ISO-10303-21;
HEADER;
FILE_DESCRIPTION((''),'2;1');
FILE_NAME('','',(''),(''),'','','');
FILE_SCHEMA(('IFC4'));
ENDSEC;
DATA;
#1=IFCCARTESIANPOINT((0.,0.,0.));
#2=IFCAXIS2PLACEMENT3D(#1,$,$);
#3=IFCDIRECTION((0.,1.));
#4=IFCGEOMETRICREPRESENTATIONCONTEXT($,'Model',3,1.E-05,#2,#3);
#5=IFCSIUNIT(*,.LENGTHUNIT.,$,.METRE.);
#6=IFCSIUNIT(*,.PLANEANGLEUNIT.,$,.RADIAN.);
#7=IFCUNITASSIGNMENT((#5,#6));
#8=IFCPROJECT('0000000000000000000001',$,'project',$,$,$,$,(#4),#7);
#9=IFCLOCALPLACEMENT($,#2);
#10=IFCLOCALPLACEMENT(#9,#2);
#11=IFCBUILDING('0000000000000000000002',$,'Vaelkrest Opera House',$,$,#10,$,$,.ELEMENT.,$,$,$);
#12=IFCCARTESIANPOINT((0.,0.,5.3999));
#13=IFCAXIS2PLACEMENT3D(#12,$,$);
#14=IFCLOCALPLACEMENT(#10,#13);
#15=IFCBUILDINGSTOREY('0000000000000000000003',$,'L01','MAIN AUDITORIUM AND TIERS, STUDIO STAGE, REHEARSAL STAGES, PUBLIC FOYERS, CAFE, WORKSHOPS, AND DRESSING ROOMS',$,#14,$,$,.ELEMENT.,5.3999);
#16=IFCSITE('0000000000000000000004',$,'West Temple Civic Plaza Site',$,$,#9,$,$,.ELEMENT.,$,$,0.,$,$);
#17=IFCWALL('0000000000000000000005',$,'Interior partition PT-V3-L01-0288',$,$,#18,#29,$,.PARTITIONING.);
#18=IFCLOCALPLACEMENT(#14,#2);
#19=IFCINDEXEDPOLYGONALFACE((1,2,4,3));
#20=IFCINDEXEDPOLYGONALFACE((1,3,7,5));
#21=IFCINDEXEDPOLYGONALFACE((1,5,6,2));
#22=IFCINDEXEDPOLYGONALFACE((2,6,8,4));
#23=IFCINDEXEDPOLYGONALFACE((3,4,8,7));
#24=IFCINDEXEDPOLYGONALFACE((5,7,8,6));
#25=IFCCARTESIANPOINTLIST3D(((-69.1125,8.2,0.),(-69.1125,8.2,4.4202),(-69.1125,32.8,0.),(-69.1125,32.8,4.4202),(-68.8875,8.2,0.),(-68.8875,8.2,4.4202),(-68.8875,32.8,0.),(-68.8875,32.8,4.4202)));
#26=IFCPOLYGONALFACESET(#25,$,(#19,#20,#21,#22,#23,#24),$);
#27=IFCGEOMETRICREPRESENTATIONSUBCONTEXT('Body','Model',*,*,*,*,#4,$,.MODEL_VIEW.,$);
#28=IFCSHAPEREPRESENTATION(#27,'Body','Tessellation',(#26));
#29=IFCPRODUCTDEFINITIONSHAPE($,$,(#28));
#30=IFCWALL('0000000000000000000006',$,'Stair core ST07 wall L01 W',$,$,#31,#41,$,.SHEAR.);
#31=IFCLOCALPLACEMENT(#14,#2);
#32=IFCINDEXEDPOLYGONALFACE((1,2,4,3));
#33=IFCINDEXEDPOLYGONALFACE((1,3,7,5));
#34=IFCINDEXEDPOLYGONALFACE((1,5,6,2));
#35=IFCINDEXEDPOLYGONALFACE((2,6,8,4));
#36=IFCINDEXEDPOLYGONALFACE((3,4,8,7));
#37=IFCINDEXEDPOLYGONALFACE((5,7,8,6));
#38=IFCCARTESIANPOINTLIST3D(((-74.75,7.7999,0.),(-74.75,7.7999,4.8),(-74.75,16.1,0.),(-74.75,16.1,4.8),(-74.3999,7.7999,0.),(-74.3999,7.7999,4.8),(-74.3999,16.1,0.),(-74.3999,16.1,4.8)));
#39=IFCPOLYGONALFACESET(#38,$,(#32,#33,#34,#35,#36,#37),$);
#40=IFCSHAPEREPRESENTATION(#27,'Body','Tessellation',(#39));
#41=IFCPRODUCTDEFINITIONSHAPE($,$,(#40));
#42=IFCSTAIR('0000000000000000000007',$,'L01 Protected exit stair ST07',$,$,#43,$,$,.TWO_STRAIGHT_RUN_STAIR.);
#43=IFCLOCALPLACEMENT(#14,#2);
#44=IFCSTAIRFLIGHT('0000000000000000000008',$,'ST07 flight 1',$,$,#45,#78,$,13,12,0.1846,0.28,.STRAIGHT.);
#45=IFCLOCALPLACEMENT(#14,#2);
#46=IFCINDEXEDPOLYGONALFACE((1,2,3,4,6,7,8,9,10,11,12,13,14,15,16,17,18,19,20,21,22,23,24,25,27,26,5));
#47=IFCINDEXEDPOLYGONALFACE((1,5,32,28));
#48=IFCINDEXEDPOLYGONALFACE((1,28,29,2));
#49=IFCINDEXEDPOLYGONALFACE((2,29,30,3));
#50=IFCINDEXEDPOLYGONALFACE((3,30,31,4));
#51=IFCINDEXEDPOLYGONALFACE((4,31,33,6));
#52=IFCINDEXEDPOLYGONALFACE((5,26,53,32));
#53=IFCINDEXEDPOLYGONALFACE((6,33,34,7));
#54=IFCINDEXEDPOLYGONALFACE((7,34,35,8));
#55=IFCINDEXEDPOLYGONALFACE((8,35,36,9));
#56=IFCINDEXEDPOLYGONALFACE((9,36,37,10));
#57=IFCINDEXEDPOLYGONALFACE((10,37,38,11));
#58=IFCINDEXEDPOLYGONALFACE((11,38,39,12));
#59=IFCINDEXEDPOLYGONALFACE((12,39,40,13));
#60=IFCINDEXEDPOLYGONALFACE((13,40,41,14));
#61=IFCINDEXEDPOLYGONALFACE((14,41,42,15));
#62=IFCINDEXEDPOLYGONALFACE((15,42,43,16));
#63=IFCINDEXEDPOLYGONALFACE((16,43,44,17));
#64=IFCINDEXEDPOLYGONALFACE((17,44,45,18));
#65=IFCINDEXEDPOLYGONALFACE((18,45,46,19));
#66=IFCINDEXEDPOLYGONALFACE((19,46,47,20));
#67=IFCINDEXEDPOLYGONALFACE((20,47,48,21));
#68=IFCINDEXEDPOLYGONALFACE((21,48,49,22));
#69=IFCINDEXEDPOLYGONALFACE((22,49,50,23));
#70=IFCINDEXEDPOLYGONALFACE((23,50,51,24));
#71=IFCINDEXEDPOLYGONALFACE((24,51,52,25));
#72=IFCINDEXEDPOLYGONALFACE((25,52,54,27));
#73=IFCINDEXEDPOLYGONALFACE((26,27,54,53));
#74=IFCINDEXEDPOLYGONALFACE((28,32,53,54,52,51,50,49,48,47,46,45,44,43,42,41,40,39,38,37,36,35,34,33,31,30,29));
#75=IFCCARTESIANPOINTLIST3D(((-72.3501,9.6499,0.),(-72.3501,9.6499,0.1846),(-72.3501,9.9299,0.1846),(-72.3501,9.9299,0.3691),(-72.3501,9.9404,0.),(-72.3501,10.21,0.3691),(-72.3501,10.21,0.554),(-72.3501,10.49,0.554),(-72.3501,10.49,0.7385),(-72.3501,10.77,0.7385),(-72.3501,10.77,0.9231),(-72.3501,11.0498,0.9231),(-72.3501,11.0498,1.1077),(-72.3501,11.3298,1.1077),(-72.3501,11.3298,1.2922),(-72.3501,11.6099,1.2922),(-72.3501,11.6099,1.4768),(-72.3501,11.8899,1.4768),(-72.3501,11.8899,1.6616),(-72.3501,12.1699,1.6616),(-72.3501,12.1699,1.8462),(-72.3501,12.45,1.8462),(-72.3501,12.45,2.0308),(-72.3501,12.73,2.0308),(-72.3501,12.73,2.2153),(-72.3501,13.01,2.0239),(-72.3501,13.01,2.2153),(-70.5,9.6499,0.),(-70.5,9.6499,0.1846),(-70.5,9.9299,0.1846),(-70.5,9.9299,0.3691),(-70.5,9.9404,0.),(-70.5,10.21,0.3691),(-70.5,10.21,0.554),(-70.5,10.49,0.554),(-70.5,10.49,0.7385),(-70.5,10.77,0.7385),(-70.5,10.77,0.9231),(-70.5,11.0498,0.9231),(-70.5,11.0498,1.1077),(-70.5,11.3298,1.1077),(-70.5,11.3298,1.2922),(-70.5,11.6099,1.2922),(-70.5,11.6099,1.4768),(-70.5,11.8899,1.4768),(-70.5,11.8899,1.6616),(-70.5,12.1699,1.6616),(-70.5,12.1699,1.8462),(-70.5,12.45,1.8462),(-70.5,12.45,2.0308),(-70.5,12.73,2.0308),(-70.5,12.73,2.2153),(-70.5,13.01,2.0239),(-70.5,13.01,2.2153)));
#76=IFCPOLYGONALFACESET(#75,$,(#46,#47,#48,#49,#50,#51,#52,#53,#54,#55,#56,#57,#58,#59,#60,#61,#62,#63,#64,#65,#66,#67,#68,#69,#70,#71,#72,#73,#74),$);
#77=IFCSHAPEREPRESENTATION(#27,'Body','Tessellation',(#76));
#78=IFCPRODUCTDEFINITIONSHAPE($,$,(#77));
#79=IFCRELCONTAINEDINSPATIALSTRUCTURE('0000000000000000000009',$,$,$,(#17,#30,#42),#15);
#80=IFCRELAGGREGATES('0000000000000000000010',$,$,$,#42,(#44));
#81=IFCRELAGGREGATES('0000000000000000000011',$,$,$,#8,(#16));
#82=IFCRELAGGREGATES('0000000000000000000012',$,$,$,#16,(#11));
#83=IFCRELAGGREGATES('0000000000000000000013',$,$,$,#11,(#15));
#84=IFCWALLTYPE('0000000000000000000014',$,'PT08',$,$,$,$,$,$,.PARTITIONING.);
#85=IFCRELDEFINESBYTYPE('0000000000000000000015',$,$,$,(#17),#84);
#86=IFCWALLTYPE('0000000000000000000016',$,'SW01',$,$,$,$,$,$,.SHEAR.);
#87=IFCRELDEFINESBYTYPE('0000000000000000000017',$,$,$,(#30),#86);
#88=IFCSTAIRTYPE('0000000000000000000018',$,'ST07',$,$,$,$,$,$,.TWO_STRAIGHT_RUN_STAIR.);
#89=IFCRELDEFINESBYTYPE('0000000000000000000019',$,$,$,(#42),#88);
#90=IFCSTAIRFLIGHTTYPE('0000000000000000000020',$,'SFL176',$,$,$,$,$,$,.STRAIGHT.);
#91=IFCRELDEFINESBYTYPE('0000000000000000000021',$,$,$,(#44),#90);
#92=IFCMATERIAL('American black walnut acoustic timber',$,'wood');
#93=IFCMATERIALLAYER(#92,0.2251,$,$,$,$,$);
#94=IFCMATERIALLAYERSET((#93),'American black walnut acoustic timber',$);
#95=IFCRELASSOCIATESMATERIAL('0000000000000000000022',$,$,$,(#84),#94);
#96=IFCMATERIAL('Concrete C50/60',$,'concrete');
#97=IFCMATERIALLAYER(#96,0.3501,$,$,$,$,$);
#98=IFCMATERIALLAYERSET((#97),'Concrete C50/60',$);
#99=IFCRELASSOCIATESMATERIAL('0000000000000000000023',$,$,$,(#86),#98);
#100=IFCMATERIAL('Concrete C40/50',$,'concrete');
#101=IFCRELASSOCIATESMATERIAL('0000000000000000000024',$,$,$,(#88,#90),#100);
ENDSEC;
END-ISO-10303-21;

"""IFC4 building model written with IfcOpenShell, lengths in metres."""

from ifc_helpers import new_model, si_unit, direction, frame, frame_2d, origin, place, context, subcontext, project, spatial, polyline, rectangle, outline, extrude, material, layer, layer_set, type_object, element, aggregate, save


model = new_model("IFC4")

# Units and contexts
model_context = context("Model", 3, precision=1e-05, world=origin(), true_north=direction((0.0, 1.0)))
body_context = subcontext(model_context, "Body", "Model", "MODEL_VIEW")
ifc_project = project(units=[si_unit("LENGTHUNIT", "METRE"), si_unit("PLANEANGLEUNIT", "RADIAN")], contexts=[model_context])

# Site, building, storey
site_placement = place(None, origin())
site = spatial("IfcSite", under=ifc_project, at=site_placement, Name="West Temple Civic Plaza Site", CompositionType="ELEMENT", RefElevation=0.0)
building_placement = place(site_placement, origin())
building = spatial("IfcBuilding", under=site, at=building_placement, Name="Vaelkrest Opera House", CompositionType="ELEMENT")
storey_placement = place(building_placement, frame((0.0, 0.0, 5.3999)))
storey = spatial("IfcBuildingStorey", under=building, at=storey_placement, Name="L01", Description="MAIN AUDITORIUM AND TIERS, STUDIO STAGE, REHEARSAL STAGES, PUBLIC FOYERS, CAFE, WORKSHOPS, AND DRESSING ROOMS", CompositionType="ELEMENT", Elevation=5.3999)

# Shared definitions
ifc_material_1 = material(Name="Concrete C50/60", Category="concrete")

# Shared definitions
ifc_material_2 = material(Name="American black walnut acoustic timber", Category="wood")

# Wall
ifc_layer_1 = layer(ifc_material_2, 0.2251)
ifc_layer_set_1 = layer_set([ifc_layer_1], Name="American black walnut acoustic timber")
wall_type_1 = type_object("IfcWallType", Name="PT08", PredefinedType="PARTITIONING", material=ifc_layer_set_1)
wall_1_placement = place(storey_placement, frame((-69.0, 8.2, 0.0), z_axis=(0.0, 0.0, 1.0), x_axis=(0.0, 1.0, 0.0)))
element("IfcWall", 1, at=wall_1_placement, inside=storey, type_object=wall_type_1, Name="Interior partition PT-V3-L01-0288", PredefinedType="PARTITIONING", context=body_context, shape_type="SweptSolid", body=[
    extrude(rectangle(XDim=24.6001, YDim=0.2251, at=frame_2d((12.3, 0.0))), origin(), (0.0, 0.0, 1.0), 4.4202),
])

# Shared definitions
ifc_layer_2 = layer(ifc_material_1, 0.3501)
ifc_layer_set_2 = layer_set([ifc_layer_2], Name="Concrete C50/60")
wall_type_2 = type_object("IfcWallType", Name="SW01", PredefinedType="SHEAR", material=ifc_layer_set_2)

# Wall
wall_2_placement = place(storey_placement, frame((-74.575, 7.8, 0.0), z_axis=(0.0, 0.0, 1.0), x_axis=(0.0, 1.0, 0.0)))
element("IfcWall", 2, at=wall_2_placement, inside=storey, type_object=wall_type_2, Name="Stair core ST07 wall L01 W", PredefinedType="SHEAR", context=body_context, shape_type="SweptSolid", body=[
    extrude(rectangle(XDim=8.3, YDim=0.3501, at=frame_2d((4.1499, 0.0))), origin(), (0.0, 0.0, 1.0), 4.8),
])

# Stair, stair flight
ifc_material_3 = material(Name="Concrete C40/50", Category="concrete")
stair_type = type_object("IfcStairType", Name="ST07", PredefinedType="TWO_STRAIGHT_RUN_STAIR", material=ifc_material_3)
stair_placement = place(storey_placement, origin())
stair = element("IfcStair", 3, at=stair_placement, inside=storey, type_object=stair_type, Name="L01 Protected exit stair ST07", PredefinedType="TWO_STRAIGHT_RUN_STAIR")
stair_flight_type = type_object("IfcStairFlightType", Name="SFL176", PredefinedType="STRAIGHT", material=ifc_material_3)
stair_flight_placement = place(storey_placement, frame((-71.425, 9.6499, 0.0), z_axis=(0.0, 0.0, 1.0), x_axis=(0.0, 1.0, 0.0)))
stair_flight = element("IfcStairFlight", 4, at=stair_flight_placement, type_object=stair_flight_type, Name="ST07 flight 1", NumberOfRisers=13, NumberOfTreads=12, PredefinedType="STRAIGHT", RiserHeight=0.1846, TreadLength=0.28, context=body_context, shape_type="SweptSolid", body=[
    extrude(outline(polyline([(0.0, 0.0), (0.0, 0.1846), (0.28, 0.1846), (0.28, 0.3691), (0.5601, 0.3691), (0.5601, 0.554), (0.8401, 0.554), (0.8401, 0.7385), (1.1201, 0.7385), (1.1201, 0.9231), (1.3999, 0.9231), (1.3999, 1.1077), (1.6799, 1.1077), (1.6799, 1.2922), (1.96, 1.2922), (1.96, 1.4768), (2.24, 1.4768), (2.24, 1.6616), (2.52, 1.6616), (2.52, 1.8462), (2.8, 1.8462), (2.8, 2.0308), (3.0801, 2.0308), (3.0801, 2.2153), (3.3601, 2.2153), (3.3601, 2.3999), (3.3601, 2.0239), (0.2905, 0.0), (0.0, 0.0)])), frame((0.0, 0.925, 0.0), z_axis=(0.0, -1.0, 0.0), x_axis=(1.0, 0.0, 0.0)), (0.0, 0.0, 1.0), 1.8501),
])
aggregate(stair, [stair_flight])

save(model, "model.ifc")
